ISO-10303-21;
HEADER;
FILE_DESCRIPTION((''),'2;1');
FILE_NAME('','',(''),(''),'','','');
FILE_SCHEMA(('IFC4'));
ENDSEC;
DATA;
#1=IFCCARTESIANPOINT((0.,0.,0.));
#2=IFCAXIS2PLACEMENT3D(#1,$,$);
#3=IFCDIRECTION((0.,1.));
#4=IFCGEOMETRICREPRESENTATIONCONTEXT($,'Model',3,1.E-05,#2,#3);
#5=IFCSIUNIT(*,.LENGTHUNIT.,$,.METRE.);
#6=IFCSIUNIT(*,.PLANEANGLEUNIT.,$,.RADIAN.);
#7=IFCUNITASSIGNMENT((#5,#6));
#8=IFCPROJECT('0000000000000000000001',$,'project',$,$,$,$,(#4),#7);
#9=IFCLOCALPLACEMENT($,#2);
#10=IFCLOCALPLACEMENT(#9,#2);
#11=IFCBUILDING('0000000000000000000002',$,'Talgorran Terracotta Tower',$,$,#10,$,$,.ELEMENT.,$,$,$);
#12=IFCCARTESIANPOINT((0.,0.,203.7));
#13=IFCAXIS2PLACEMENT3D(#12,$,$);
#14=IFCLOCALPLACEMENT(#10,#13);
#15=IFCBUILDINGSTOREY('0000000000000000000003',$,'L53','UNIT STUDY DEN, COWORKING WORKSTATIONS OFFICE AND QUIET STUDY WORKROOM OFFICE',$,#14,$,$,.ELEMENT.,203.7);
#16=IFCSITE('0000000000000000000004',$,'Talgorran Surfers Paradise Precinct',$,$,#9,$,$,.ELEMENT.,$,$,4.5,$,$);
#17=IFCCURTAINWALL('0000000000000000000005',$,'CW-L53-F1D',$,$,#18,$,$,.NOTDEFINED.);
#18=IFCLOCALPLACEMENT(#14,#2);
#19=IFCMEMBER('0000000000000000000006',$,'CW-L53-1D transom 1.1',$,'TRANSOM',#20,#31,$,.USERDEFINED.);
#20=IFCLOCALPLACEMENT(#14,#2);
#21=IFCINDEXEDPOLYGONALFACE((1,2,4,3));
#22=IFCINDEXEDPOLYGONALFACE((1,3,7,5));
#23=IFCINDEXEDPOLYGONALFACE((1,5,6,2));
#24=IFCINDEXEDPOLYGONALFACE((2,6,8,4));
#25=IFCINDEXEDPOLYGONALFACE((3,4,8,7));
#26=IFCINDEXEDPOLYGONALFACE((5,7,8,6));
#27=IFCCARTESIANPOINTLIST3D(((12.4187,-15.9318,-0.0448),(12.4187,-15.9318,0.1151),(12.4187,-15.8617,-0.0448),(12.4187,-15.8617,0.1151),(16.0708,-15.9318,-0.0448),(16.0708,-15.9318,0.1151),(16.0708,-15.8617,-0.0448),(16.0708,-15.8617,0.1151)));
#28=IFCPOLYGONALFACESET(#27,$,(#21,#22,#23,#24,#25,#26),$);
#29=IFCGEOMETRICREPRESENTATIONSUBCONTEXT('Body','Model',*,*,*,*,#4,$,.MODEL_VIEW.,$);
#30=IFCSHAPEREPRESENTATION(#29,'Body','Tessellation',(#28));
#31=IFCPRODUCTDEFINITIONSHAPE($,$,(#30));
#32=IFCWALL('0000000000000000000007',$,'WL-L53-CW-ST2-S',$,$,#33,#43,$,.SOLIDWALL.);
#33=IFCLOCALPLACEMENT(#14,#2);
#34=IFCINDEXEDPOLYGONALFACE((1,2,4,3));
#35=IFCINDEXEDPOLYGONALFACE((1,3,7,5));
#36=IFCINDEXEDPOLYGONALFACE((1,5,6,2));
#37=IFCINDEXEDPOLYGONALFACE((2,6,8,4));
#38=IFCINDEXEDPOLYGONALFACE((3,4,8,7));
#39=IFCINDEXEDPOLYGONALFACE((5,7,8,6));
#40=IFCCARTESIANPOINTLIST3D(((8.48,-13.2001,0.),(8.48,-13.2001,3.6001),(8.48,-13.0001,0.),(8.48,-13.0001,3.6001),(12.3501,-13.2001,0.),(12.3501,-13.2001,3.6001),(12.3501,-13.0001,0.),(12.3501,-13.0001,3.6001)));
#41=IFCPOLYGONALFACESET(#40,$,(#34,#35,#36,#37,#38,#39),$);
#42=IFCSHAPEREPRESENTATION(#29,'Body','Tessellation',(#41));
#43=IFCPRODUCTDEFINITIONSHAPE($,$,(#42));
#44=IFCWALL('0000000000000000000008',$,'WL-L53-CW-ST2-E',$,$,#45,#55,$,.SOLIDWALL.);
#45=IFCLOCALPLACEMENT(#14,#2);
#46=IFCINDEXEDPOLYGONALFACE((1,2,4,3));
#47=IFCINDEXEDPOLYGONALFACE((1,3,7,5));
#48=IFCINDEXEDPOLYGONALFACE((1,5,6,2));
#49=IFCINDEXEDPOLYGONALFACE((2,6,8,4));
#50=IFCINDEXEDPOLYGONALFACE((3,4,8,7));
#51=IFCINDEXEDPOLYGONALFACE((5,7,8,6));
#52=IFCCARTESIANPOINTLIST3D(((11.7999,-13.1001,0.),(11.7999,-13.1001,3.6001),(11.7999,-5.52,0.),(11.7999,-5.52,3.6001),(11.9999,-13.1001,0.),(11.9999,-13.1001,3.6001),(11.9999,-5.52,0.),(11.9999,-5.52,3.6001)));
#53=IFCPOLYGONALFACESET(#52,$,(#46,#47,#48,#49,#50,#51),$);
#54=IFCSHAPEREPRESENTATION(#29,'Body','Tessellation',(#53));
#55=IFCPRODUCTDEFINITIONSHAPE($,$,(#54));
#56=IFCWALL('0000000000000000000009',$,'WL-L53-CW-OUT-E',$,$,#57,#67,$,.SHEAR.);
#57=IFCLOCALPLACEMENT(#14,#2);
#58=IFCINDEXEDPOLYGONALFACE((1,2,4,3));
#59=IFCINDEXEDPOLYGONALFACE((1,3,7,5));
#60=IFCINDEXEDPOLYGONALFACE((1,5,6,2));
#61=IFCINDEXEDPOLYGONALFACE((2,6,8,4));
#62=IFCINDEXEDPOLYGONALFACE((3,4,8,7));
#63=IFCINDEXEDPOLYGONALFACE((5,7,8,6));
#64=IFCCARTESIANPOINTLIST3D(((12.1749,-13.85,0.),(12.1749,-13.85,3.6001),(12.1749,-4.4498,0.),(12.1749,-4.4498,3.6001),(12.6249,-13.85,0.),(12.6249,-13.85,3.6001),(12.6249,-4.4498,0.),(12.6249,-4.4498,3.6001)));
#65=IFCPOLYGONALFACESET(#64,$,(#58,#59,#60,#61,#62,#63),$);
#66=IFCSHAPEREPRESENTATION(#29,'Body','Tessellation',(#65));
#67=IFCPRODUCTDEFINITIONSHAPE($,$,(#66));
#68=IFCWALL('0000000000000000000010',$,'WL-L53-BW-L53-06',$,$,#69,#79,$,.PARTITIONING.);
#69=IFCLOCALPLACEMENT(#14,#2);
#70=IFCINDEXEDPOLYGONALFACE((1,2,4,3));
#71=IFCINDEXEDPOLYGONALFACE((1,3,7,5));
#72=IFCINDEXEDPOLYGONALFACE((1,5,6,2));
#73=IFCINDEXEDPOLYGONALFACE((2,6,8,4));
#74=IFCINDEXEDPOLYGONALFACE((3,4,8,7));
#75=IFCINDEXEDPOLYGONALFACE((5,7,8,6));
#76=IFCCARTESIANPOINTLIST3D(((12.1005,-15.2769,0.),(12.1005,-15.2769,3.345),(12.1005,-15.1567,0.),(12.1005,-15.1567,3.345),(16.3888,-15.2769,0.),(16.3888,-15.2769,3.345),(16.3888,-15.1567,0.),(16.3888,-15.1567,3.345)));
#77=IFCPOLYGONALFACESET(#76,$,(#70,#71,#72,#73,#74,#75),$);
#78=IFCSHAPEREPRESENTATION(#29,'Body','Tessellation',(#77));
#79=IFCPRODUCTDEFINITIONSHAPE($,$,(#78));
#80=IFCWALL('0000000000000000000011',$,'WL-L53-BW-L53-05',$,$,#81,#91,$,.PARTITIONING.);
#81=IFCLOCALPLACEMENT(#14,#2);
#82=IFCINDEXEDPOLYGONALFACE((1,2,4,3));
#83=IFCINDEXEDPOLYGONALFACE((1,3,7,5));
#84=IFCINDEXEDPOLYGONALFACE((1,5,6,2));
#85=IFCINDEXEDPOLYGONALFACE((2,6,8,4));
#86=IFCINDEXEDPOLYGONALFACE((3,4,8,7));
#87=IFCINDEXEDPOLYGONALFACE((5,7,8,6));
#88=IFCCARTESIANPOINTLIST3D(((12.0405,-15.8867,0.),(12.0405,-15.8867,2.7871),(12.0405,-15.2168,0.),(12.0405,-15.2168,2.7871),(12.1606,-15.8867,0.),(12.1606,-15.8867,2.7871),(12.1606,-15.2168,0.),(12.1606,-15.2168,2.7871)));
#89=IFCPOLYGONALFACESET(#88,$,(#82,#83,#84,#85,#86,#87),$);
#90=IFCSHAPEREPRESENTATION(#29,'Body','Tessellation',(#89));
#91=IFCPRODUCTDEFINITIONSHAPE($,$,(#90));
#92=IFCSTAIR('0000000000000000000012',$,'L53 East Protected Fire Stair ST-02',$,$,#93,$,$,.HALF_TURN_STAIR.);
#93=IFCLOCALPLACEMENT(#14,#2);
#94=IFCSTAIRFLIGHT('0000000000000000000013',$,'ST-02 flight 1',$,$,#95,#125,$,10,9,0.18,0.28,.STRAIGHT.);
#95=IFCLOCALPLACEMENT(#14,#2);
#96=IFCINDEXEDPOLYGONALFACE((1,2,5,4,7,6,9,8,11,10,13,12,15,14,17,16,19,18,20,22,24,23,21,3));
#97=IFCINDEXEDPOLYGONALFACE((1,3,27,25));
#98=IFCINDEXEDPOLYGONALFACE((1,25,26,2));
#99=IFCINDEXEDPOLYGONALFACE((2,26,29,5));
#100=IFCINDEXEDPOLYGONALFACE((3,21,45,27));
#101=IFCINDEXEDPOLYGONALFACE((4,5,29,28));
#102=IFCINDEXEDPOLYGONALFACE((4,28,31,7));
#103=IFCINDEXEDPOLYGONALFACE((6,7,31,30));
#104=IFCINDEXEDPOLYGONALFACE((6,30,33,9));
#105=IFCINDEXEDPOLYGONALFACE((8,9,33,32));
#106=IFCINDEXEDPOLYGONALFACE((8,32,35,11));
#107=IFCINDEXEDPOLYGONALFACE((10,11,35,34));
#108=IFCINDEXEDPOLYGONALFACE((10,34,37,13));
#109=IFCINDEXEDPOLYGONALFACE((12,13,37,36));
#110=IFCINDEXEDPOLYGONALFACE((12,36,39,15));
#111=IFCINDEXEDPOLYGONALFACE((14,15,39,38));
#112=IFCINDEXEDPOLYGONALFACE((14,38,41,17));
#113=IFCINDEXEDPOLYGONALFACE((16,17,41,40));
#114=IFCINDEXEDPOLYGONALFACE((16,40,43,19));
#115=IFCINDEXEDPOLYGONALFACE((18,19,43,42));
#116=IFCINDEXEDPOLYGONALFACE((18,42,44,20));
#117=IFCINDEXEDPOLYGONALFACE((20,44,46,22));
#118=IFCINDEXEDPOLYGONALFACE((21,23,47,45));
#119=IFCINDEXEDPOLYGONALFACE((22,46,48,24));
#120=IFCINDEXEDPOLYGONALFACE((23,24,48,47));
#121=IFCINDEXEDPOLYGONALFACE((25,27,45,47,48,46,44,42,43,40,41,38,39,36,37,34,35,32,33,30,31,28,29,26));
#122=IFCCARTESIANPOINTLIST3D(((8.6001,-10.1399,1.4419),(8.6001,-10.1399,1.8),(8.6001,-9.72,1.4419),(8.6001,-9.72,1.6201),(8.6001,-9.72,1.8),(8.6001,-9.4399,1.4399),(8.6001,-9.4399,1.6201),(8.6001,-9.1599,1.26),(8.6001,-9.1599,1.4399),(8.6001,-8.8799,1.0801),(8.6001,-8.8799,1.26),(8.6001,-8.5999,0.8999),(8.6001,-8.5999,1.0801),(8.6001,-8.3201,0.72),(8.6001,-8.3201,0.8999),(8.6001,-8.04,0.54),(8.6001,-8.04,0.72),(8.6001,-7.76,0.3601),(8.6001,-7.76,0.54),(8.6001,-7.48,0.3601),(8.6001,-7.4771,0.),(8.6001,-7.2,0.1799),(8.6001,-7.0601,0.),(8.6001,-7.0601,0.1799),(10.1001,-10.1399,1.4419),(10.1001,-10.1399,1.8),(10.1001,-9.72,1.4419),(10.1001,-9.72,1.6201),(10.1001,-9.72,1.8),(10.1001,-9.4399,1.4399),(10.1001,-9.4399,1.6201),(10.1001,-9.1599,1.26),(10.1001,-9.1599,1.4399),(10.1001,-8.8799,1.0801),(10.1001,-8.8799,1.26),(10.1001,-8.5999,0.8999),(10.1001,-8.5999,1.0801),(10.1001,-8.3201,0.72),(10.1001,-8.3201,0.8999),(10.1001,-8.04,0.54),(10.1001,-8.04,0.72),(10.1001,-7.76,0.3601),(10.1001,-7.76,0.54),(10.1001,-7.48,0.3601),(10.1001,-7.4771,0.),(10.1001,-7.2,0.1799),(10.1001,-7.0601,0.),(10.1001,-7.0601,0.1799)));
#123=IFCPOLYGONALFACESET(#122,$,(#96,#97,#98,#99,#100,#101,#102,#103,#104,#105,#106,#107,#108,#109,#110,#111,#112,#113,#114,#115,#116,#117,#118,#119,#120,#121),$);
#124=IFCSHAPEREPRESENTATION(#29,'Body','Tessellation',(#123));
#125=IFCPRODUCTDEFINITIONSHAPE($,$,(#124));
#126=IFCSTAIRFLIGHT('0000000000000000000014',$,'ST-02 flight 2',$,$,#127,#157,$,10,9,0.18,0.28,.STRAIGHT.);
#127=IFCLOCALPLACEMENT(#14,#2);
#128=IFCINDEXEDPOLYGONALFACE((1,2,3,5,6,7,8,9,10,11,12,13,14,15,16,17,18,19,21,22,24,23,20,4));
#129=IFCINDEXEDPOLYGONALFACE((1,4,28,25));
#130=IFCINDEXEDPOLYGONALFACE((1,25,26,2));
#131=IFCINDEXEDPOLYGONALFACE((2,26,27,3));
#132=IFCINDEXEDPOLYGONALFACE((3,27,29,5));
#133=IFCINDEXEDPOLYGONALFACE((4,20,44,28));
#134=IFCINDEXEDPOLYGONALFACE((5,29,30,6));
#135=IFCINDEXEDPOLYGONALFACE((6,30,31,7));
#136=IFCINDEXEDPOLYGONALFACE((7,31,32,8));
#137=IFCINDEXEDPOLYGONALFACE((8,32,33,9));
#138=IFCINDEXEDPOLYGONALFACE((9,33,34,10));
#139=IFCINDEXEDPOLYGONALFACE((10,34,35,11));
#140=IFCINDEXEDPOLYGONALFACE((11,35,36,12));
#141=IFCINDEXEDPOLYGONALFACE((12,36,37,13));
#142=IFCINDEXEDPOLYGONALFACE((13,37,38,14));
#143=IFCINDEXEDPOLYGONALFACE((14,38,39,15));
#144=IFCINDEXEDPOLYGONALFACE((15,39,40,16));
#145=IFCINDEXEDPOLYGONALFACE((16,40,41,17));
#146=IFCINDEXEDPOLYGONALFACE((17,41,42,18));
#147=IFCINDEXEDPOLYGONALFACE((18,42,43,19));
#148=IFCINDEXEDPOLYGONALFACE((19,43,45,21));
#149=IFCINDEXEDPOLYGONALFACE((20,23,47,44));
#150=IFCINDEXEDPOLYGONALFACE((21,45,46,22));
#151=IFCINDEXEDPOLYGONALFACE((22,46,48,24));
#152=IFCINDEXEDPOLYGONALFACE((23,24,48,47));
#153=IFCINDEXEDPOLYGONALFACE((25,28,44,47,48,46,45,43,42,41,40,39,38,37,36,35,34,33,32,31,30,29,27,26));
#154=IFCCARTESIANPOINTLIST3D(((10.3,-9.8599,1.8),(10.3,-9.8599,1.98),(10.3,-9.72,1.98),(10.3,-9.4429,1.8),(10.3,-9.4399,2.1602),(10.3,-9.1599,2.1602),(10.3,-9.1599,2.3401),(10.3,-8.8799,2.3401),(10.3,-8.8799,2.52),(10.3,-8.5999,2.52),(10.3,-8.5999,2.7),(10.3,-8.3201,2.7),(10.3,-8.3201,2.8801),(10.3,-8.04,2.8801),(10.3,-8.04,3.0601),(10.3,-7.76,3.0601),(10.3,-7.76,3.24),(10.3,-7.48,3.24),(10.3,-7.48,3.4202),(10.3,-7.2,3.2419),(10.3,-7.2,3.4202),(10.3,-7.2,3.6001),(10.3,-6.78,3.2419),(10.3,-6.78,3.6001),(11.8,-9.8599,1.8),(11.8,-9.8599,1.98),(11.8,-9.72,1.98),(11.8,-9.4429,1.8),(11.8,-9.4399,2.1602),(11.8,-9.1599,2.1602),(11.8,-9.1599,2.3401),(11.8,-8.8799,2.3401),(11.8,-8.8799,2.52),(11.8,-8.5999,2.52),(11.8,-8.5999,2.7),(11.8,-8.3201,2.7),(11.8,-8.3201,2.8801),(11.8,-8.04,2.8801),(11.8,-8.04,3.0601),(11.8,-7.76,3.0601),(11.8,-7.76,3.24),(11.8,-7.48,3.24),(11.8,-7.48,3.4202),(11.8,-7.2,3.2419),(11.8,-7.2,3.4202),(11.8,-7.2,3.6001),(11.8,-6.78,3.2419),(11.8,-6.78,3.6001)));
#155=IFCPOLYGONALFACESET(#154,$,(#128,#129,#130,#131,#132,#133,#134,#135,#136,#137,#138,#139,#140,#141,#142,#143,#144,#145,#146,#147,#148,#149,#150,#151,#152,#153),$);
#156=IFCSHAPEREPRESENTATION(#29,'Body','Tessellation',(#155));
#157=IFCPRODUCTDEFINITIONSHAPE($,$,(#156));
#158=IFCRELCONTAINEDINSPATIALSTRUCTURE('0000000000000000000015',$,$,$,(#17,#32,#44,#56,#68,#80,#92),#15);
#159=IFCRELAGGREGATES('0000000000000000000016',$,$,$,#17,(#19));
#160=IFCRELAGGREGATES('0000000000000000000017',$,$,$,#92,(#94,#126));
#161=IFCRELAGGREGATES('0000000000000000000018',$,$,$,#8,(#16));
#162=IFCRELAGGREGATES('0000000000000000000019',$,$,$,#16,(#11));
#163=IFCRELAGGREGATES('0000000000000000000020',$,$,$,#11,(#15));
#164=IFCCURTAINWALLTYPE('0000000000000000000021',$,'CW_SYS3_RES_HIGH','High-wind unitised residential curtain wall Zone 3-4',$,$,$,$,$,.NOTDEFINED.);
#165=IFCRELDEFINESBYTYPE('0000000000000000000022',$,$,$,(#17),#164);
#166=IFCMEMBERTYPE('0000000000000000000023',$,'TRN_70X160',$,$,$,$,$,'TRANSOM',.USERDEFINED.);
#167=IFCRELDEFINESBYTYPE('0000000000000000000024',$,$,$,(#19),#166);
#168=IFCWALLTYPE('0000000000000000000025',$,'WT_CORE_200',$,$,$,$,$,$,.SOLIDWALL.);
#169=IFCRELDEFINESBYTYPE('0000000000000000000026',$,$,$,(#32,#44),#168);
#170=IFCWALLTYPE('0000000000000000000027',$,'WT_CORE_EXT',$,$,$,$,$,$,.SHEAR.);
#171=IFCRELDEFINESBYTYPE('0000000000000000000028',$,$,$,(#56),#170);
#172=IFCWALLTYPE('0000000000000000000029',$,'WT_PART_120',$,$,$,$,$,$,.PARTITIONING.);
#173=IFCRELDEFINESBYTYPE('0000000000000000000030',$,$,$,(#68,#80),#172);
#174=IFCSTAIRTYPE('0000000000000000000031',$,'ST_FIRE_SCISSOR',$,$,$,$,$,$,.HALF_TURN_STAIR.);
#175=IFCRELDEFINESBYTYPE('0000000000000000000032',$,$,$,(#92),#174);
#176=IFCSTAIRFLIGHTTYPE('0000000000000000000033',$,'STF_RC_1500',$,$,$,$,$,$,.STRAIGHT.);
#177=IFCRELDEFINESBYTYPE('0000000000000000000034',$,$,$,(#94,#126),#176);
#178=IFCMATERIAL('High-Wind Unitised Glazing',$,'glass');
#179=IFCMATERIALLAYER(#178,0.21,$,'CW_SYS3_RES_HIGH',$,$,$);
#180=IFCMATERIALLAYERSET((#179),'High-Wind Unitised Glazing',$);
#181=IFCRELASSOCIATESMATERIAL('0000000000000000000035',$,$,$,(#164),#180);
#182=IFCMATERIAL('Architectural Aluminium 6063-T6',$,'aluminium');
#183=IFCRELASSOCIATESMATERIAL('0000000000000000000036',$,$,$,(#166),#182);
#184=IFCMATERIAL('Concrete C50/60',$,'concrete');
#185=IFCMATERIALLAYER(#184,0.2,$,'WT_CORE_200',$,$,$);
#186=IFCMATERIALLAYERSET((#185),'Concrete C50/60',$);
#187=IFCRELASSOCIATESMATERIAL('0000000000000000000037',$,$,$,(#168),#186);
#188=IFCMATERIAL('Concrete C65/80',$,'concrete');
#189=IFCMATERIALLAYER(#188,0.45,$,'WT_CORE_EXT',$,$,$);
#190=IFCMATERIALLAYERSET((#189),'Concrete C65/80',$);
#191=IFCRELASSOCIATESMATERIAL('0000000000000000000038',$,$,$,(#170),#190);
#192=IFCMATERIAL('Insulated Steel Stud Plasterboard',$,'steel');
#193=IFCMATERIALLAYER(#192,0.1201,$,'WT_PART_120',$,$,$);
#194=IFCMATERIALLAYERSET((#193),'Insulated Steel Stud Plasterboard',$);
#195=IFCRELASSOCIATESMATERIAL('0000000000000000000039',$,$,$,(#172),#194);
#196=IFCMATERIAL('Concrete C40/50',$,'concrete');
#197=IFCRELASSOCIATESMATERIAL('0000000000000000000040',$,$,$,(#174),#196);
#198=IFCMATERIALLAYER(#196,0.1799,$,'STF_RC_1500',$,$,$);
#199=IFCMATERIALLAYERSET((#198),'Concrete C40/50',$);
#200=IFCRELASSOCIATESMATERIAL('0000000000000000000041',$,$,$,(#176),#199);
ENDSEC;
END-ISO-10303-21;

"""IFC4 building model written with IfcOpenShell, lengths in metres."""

from ifc_helpers import new_model, si_unit, direction, frame, frame_2d, origin, origin_2d, place, context, subcontext, project, spatial, polyline, rectangle, outline, extrude, material, layer, layer_set, material_profile, profile_set, type_object, element, aggregate, save


model = new_model("IFC4")

# Units and contexts
model_context = context("Model", 3, precision=1e-05, world=origin(), true_north=direction((0.0, 1.0)))
body_context = subcontext(model_context, "Body", "Model", "MODEL_VIEW")
ifc_project = project(units=[si_unit("LENGTHUNIT", "METRE"), si_unit("PLANEANGLEUNIT", "RADIAN")], contexts=[model_context])

# Site, building, storey
site_placement = place(None, origin())
site = spatial("IfcSite", under=ifc_project, at=site_placement, Name="Talgorran Surfers Paradise Precinct", CompositionType="ELEMENT", RefElevation=4.5)
building_placement = place(site_placement, origin())
building = spatial("IfcBuilding", under=site, at=building_placement, Name="Talgorran Terracotta Tower", CompositionType="ELEMENT")
storey_placement = place(building_placement, frame((0.0, 0.0, 203.7)))
storey = spatial("IfcBuildingStorey", under=building, at=storey_placement, Name="L53", Description="UNIT STUDY DEN, COWORKING WORKSTATIONS OFFICE AND QUIET STUDY WORKROOM OFFICE", CompositionType="ELEMENT", Elevation=203.7)

# Shared definitions
ifc_material_1 = material(Name="High-Wind Unitised Glazing", Category="glass")
ifc_layer_1 = layer(ifc_material_1, 0.21, Name="CW_SYS3_RES_HIGH")
ifc_layer_set_1 = layer_set([ifc_layer_1], Name="High-Wind Unitised Glazing")
curtain_wall_type = type_object("IfcCurtainWallType", Name="CW_SYS3_RES_HIGH", Description="High-wind unitised residential curtain wall Zone 3-4", PredefinedType="NOTDEFINED", material=ifc_layer_set_1)
ifc_material_2 = material(Name="Architectural Aluminium 6063-T6", Category="aluminium")

# Curtain wall, member
curtain_wall_1_placement = place(storey_placement, origin())
curtain_wall_1 = element("IfcCurtainWall", 1, at=curtain_wall_1_placement, inside=storey, type_object=curtain_wall_type, Name="CW-L53-F1D", PredefinedType="NOTDEFINED")
ifc_material_profile_1 = material_profile(ifc_material_2, rectangle(XDim=0.0701, YDim=0.1599, at=origin_2d()), Name="CWT70X160")
ifc_profile_set_1 = profile_set([ifc_material_profile_1], Name="Architectural Aluminium 6063-T6")
member_type_1 = type_object("IfcMemberType", Name="TRN_70X160", ElementType="TRANSOM", PredefinedType="USERDEFINED", material=ifc_profile_set_1)
member_1_placement = place(storey_placement, frame((12.4187, -15.8967, 0.0352), z_axis=(1.0, 0.0, 0.0), x_axis=(0.0, 1.0, 0.0)))
member_1 = element("IfcMember", 2, at=member_1_placement, type_object=member_type_1, Name="CW-L53-1D transom 1.1", ObjectType="TRANSOM", PredefinedType="USERDEFINED", context=body_context, shape_type="SweptSolid", body=[
    extrude(rectangle(XDim=0.0701, YDim=0.1599, at=origin_2d()), origin(), (0.0, 0.0, 1.0), 3.6521),
])
aggregate(curtain_wall_1, [member_1])

# Walls
ifc_material_3 = material(Name="Concrete C50/60", Category="concrete")
ifc_layer_2 = layer(ifc_material_3, 0.2, Name="WT_CORE_200")
ifc_layer_set_2 = layer_set([ifc_layer_2], Name="Concrete C50/60")
wall_type_1 = type_object("IfcWallType", Name="WT_CORE_200", PredefinedType="SOLIDWALL", material=ifc_layer_set_2)
wall_1_placement = place(storey_placement, frame((8.48, -13.1001, 0.0), z_axis=(0.0, 0.0, 1.0), x_axis=(1.0, 0.0, 0.0)))
element("IfcWall", 3, at=wall_1_placement, inside=storey, type_object=wall_type_1, Name="WL-L53-CW-ST2-S", PredefinedType="SOLIDWALL", context=body_context, shape_type="SweptSolid", body=[
    extrude(rectangle(XDim=3.8701, YDim=0.2, at=frame_2d((1.9351, 0.0))), origin(), (0.0, 0.0, 1.0), 3.6001),
])
wall_2_placement = place(storey_placement, frame((11.8999, -13.1001, 0.0), z_axis=(0.0, 0.0, 1.0), x_axis=(0.0, 1.0, 0.0)))
element("IfcWall", 4, at=wall_2_placement, inside=storey, type_object=wall_type_1, Name="WL-L53-CW-ST2-E", PredefinedType="SOLIDWALL", context=body_context, shape_type="SweptSolid", body=[
    extrude(rectangle(XDim=7.5801, YDim=0.2, at=frame_2d((3.79, 0.0))), origin(), (0.0, 0.0, 1.0), 3.6001),
])
ifc_material_4 = material(Name="Concrete C65/80", Category="concrete")
ifc_layer_3 = layer(ifc_material_4, 0.45, Name="WT_CORE_EXT")
ifc_layer_set_3 = layer_set([ifc_layer_3], Name="Concrete C65/80")
wall_type_2 = type_object("IfcWallType", Name="WT_CORE_EXT", PredefinedType="SHEAR", material=ifc_layer_set_3)
wall_3_placement = place(storey_placement, frame((12.3999, -13.8501, 0.0), z_axis=(0.0, 0.0, 1.0), x_axis=(0.0, 1.0, 0.0)))
element("IfcWall", 5, at=wall_3_placement, inside=storey, type_object=wall_type_2, Name="WL-L53-CW-OUT-E", PredefinedType="SHEAR", context=body_context, shape_type="SweptSolid", body=[
    extrude(rectangle(XDim=9.4001, YDim=0.45, at=frame_2d((4.7002, 0.0))), origin(), (0.0, 0.0, 1.0), 3.6001),
])
ifc_material_5 = material(Name="Insulated Steel Stud Plasterboard", Category="steel")
ifc_layer_4 = layer(ifc_material_5, 0.1201, Name="WT_PART_120")
ifc_layer_set_4 = layer_set([ifc_layer_4], Name="Insulated Steel Stud Plasterboard")
wall_type_3 = type_object("IfcWallType", Name="WT_PART_120", PredefinedType="PARTITIONING", material=ifc_layer_set_4)
wall_4_placement = place(storey_placement, frame((12.1006, -15.2168, 0.0), z_axis=(0.0, 0.0, 1.0), x_axis=(1.0, 0.0, 0.0)))
element("IfcWall", 6, at=wall_4_placement, inside=storey, type_object=wall_type_3, Name="WL-L53-BW-L53-06", PredefinedType="PARTITIONING", context=body_context, shape_type="SweptSolid", body=[
    extrude(rectangle(XDim=4.2883, YDim=0.1201, at=frame_2d((2.144, 0.0))), origin(), (0.0, 0.0, 1.0), 3.345),
])
wall_5_placement = place(storey_placement, frame((12.1006, -15.8867, 0.0), z_axis=(0.0, 0.0, 1.0), x_axis=(0.0, 1.0, 0.0)))
element("IfcWall", 7, at=wall_5_placement, inside=storey, type_object=wall_type_3, Name="WL-L53-BW-L53-05", PredefinedType="PARTITIONING", context=body_context, shape_type="SweptSolid", body=[
    extrude(rectangle(XDim=0.6699, YDim=0.1201, at=frame_2d((0.335, 0.0))), origin(), (0.0, 0.0, 1.0), 2.7871),
])

# Stair, stair flights
ifc_material_6 = material(Name="Concrete C40/50", Category="concrete")
stair_type = type_object("IfcStairType", Name="ST_FIRE_SCISSOR", PredefinedType="HALF_TURN_STAIR", material=ifc_material_6)
stair_placement = place(storey_placement, origin())
stair = element("IfcStair", 8, at=stair_placement, inside=storey, type_object=stair_type, Name="L53 East Protected Fire Stair ST-02", PredefinedType="HALF_TURN_STAIR")
ifc_layer_5 = layer(ifc_material_6, 0.1799, Name="STF_RC_1500")
ifc_layer_set_5 = layer_set([ifc_layer_5], Name="Concrete C40/50")
stair_flight_type = type_object("IfcStairFlightType", Name="STF_RC_1500", PredefinedType="STRAIGHT", material=ifc_layer_set_5)
stair_flight_1_placement = place(storey_placement, frame((9.3501, -7.2, 0.0), z_axis=(0.0, 0.0, 1.0), x_axis=(0.0, -1.0, 0.0)))
stair_flight_1 = element("IfcStairFlight", 9, at=stair_flight_1_placement, type_object=stair_flight_type, Name="ST-02 flight 1", NumberOfRisers=10, NumberOfTreads=9, PredefinedType="STRAIGHT", RiserHeight=0.18, TreadLength=0.28, context=body_context, shape_type="SweptSolid", body=[
    extrude(outline(polyline([(-0.1399, 0.0), (-0.1399, 0.1799), (0.0, 0.1799), (0.28, 0.3601), (0.5601, 0.3601), (0.5601, 0.54), (0.8401, 0.54), (0.8401, 0.72), (1.1201, 0.72), (1.1201, 0.8999), (1.3999, 0.8999), (1.3999, 1.0801), (1.6799, 1.0801), (1.6799, 1.26), (1.96, 1.26), (1.96, 1.4399), (2.24, 1.4399), (2.24, 1.6201), (2.52, 1.6201), (2.52, 1.8), (2.9399, 1.8), (2.9399, 1.4419), (2.52, 1.4419), (0.2771, 0.0), (-0.1399, 0.0)])), frame((0.0, 0.75, 0.0), z_axis=(0.0, -1.0, 0.0), x_axis=(1.0, 0.0, 0.0)), (0.0, 0.0, 1.0), 1.5),
])
stair_flight_2_placement = place(storey_placement, frame((11.05, -9.72, 1.8), z_axis=(0.0, 0.0, 1.0), x_axis=(0.0, 1.0, 0.0)))
stair_flight_2 = element("IfcStairFlight", 10, at=stair_flight_2_placement, type_object=stair_flight_type, Name="ST-02 flight 2", NumberOfRisers=10, NumberOfTreads=9, PredefinedType="STRAIGHT", RiserHeight=0.18, TreadLength=0.28, context=body_context, shape_type="SweptSolid", body=[
    extrude(outline(polyline([(-0.1399, 0.0), (-0.1399, 0.1799), (0.0, 0.1799), (0.28, 0.3601), (0.5601, 0.3601), (0.5601, 0.54), (0.8401, 0.54), (0.8401, 0.72), (1.1201, 0.72), (1.1201, 0.8999), (1.3999, 0.8999), (1.3999, 1.0801), (1.6799, 1.0801), (1.6799, 1.26), (1.96, 1.26), (1.96, 1.4399), (2.24, 1.4399), (2.24, 1.6201), (2.52, 1.6201), (2.52, 1.8), (2.9399, 1.8), (2.9399, 1.4419), (2.52, 1.4419), (0.2771, 0.0), (-0.1399, 0.0)])), frame((0.0, 0.75, 0.0), z_axis=(0.0, -1.0, 0.0), x_axis=(1.0, 0.0, 0.0)), (0.0, 0.0, 1.0), 1.5),
])
aggregate(stair, [stair_flight_1, stair_flight_2])

save(model, "model.ifc")
